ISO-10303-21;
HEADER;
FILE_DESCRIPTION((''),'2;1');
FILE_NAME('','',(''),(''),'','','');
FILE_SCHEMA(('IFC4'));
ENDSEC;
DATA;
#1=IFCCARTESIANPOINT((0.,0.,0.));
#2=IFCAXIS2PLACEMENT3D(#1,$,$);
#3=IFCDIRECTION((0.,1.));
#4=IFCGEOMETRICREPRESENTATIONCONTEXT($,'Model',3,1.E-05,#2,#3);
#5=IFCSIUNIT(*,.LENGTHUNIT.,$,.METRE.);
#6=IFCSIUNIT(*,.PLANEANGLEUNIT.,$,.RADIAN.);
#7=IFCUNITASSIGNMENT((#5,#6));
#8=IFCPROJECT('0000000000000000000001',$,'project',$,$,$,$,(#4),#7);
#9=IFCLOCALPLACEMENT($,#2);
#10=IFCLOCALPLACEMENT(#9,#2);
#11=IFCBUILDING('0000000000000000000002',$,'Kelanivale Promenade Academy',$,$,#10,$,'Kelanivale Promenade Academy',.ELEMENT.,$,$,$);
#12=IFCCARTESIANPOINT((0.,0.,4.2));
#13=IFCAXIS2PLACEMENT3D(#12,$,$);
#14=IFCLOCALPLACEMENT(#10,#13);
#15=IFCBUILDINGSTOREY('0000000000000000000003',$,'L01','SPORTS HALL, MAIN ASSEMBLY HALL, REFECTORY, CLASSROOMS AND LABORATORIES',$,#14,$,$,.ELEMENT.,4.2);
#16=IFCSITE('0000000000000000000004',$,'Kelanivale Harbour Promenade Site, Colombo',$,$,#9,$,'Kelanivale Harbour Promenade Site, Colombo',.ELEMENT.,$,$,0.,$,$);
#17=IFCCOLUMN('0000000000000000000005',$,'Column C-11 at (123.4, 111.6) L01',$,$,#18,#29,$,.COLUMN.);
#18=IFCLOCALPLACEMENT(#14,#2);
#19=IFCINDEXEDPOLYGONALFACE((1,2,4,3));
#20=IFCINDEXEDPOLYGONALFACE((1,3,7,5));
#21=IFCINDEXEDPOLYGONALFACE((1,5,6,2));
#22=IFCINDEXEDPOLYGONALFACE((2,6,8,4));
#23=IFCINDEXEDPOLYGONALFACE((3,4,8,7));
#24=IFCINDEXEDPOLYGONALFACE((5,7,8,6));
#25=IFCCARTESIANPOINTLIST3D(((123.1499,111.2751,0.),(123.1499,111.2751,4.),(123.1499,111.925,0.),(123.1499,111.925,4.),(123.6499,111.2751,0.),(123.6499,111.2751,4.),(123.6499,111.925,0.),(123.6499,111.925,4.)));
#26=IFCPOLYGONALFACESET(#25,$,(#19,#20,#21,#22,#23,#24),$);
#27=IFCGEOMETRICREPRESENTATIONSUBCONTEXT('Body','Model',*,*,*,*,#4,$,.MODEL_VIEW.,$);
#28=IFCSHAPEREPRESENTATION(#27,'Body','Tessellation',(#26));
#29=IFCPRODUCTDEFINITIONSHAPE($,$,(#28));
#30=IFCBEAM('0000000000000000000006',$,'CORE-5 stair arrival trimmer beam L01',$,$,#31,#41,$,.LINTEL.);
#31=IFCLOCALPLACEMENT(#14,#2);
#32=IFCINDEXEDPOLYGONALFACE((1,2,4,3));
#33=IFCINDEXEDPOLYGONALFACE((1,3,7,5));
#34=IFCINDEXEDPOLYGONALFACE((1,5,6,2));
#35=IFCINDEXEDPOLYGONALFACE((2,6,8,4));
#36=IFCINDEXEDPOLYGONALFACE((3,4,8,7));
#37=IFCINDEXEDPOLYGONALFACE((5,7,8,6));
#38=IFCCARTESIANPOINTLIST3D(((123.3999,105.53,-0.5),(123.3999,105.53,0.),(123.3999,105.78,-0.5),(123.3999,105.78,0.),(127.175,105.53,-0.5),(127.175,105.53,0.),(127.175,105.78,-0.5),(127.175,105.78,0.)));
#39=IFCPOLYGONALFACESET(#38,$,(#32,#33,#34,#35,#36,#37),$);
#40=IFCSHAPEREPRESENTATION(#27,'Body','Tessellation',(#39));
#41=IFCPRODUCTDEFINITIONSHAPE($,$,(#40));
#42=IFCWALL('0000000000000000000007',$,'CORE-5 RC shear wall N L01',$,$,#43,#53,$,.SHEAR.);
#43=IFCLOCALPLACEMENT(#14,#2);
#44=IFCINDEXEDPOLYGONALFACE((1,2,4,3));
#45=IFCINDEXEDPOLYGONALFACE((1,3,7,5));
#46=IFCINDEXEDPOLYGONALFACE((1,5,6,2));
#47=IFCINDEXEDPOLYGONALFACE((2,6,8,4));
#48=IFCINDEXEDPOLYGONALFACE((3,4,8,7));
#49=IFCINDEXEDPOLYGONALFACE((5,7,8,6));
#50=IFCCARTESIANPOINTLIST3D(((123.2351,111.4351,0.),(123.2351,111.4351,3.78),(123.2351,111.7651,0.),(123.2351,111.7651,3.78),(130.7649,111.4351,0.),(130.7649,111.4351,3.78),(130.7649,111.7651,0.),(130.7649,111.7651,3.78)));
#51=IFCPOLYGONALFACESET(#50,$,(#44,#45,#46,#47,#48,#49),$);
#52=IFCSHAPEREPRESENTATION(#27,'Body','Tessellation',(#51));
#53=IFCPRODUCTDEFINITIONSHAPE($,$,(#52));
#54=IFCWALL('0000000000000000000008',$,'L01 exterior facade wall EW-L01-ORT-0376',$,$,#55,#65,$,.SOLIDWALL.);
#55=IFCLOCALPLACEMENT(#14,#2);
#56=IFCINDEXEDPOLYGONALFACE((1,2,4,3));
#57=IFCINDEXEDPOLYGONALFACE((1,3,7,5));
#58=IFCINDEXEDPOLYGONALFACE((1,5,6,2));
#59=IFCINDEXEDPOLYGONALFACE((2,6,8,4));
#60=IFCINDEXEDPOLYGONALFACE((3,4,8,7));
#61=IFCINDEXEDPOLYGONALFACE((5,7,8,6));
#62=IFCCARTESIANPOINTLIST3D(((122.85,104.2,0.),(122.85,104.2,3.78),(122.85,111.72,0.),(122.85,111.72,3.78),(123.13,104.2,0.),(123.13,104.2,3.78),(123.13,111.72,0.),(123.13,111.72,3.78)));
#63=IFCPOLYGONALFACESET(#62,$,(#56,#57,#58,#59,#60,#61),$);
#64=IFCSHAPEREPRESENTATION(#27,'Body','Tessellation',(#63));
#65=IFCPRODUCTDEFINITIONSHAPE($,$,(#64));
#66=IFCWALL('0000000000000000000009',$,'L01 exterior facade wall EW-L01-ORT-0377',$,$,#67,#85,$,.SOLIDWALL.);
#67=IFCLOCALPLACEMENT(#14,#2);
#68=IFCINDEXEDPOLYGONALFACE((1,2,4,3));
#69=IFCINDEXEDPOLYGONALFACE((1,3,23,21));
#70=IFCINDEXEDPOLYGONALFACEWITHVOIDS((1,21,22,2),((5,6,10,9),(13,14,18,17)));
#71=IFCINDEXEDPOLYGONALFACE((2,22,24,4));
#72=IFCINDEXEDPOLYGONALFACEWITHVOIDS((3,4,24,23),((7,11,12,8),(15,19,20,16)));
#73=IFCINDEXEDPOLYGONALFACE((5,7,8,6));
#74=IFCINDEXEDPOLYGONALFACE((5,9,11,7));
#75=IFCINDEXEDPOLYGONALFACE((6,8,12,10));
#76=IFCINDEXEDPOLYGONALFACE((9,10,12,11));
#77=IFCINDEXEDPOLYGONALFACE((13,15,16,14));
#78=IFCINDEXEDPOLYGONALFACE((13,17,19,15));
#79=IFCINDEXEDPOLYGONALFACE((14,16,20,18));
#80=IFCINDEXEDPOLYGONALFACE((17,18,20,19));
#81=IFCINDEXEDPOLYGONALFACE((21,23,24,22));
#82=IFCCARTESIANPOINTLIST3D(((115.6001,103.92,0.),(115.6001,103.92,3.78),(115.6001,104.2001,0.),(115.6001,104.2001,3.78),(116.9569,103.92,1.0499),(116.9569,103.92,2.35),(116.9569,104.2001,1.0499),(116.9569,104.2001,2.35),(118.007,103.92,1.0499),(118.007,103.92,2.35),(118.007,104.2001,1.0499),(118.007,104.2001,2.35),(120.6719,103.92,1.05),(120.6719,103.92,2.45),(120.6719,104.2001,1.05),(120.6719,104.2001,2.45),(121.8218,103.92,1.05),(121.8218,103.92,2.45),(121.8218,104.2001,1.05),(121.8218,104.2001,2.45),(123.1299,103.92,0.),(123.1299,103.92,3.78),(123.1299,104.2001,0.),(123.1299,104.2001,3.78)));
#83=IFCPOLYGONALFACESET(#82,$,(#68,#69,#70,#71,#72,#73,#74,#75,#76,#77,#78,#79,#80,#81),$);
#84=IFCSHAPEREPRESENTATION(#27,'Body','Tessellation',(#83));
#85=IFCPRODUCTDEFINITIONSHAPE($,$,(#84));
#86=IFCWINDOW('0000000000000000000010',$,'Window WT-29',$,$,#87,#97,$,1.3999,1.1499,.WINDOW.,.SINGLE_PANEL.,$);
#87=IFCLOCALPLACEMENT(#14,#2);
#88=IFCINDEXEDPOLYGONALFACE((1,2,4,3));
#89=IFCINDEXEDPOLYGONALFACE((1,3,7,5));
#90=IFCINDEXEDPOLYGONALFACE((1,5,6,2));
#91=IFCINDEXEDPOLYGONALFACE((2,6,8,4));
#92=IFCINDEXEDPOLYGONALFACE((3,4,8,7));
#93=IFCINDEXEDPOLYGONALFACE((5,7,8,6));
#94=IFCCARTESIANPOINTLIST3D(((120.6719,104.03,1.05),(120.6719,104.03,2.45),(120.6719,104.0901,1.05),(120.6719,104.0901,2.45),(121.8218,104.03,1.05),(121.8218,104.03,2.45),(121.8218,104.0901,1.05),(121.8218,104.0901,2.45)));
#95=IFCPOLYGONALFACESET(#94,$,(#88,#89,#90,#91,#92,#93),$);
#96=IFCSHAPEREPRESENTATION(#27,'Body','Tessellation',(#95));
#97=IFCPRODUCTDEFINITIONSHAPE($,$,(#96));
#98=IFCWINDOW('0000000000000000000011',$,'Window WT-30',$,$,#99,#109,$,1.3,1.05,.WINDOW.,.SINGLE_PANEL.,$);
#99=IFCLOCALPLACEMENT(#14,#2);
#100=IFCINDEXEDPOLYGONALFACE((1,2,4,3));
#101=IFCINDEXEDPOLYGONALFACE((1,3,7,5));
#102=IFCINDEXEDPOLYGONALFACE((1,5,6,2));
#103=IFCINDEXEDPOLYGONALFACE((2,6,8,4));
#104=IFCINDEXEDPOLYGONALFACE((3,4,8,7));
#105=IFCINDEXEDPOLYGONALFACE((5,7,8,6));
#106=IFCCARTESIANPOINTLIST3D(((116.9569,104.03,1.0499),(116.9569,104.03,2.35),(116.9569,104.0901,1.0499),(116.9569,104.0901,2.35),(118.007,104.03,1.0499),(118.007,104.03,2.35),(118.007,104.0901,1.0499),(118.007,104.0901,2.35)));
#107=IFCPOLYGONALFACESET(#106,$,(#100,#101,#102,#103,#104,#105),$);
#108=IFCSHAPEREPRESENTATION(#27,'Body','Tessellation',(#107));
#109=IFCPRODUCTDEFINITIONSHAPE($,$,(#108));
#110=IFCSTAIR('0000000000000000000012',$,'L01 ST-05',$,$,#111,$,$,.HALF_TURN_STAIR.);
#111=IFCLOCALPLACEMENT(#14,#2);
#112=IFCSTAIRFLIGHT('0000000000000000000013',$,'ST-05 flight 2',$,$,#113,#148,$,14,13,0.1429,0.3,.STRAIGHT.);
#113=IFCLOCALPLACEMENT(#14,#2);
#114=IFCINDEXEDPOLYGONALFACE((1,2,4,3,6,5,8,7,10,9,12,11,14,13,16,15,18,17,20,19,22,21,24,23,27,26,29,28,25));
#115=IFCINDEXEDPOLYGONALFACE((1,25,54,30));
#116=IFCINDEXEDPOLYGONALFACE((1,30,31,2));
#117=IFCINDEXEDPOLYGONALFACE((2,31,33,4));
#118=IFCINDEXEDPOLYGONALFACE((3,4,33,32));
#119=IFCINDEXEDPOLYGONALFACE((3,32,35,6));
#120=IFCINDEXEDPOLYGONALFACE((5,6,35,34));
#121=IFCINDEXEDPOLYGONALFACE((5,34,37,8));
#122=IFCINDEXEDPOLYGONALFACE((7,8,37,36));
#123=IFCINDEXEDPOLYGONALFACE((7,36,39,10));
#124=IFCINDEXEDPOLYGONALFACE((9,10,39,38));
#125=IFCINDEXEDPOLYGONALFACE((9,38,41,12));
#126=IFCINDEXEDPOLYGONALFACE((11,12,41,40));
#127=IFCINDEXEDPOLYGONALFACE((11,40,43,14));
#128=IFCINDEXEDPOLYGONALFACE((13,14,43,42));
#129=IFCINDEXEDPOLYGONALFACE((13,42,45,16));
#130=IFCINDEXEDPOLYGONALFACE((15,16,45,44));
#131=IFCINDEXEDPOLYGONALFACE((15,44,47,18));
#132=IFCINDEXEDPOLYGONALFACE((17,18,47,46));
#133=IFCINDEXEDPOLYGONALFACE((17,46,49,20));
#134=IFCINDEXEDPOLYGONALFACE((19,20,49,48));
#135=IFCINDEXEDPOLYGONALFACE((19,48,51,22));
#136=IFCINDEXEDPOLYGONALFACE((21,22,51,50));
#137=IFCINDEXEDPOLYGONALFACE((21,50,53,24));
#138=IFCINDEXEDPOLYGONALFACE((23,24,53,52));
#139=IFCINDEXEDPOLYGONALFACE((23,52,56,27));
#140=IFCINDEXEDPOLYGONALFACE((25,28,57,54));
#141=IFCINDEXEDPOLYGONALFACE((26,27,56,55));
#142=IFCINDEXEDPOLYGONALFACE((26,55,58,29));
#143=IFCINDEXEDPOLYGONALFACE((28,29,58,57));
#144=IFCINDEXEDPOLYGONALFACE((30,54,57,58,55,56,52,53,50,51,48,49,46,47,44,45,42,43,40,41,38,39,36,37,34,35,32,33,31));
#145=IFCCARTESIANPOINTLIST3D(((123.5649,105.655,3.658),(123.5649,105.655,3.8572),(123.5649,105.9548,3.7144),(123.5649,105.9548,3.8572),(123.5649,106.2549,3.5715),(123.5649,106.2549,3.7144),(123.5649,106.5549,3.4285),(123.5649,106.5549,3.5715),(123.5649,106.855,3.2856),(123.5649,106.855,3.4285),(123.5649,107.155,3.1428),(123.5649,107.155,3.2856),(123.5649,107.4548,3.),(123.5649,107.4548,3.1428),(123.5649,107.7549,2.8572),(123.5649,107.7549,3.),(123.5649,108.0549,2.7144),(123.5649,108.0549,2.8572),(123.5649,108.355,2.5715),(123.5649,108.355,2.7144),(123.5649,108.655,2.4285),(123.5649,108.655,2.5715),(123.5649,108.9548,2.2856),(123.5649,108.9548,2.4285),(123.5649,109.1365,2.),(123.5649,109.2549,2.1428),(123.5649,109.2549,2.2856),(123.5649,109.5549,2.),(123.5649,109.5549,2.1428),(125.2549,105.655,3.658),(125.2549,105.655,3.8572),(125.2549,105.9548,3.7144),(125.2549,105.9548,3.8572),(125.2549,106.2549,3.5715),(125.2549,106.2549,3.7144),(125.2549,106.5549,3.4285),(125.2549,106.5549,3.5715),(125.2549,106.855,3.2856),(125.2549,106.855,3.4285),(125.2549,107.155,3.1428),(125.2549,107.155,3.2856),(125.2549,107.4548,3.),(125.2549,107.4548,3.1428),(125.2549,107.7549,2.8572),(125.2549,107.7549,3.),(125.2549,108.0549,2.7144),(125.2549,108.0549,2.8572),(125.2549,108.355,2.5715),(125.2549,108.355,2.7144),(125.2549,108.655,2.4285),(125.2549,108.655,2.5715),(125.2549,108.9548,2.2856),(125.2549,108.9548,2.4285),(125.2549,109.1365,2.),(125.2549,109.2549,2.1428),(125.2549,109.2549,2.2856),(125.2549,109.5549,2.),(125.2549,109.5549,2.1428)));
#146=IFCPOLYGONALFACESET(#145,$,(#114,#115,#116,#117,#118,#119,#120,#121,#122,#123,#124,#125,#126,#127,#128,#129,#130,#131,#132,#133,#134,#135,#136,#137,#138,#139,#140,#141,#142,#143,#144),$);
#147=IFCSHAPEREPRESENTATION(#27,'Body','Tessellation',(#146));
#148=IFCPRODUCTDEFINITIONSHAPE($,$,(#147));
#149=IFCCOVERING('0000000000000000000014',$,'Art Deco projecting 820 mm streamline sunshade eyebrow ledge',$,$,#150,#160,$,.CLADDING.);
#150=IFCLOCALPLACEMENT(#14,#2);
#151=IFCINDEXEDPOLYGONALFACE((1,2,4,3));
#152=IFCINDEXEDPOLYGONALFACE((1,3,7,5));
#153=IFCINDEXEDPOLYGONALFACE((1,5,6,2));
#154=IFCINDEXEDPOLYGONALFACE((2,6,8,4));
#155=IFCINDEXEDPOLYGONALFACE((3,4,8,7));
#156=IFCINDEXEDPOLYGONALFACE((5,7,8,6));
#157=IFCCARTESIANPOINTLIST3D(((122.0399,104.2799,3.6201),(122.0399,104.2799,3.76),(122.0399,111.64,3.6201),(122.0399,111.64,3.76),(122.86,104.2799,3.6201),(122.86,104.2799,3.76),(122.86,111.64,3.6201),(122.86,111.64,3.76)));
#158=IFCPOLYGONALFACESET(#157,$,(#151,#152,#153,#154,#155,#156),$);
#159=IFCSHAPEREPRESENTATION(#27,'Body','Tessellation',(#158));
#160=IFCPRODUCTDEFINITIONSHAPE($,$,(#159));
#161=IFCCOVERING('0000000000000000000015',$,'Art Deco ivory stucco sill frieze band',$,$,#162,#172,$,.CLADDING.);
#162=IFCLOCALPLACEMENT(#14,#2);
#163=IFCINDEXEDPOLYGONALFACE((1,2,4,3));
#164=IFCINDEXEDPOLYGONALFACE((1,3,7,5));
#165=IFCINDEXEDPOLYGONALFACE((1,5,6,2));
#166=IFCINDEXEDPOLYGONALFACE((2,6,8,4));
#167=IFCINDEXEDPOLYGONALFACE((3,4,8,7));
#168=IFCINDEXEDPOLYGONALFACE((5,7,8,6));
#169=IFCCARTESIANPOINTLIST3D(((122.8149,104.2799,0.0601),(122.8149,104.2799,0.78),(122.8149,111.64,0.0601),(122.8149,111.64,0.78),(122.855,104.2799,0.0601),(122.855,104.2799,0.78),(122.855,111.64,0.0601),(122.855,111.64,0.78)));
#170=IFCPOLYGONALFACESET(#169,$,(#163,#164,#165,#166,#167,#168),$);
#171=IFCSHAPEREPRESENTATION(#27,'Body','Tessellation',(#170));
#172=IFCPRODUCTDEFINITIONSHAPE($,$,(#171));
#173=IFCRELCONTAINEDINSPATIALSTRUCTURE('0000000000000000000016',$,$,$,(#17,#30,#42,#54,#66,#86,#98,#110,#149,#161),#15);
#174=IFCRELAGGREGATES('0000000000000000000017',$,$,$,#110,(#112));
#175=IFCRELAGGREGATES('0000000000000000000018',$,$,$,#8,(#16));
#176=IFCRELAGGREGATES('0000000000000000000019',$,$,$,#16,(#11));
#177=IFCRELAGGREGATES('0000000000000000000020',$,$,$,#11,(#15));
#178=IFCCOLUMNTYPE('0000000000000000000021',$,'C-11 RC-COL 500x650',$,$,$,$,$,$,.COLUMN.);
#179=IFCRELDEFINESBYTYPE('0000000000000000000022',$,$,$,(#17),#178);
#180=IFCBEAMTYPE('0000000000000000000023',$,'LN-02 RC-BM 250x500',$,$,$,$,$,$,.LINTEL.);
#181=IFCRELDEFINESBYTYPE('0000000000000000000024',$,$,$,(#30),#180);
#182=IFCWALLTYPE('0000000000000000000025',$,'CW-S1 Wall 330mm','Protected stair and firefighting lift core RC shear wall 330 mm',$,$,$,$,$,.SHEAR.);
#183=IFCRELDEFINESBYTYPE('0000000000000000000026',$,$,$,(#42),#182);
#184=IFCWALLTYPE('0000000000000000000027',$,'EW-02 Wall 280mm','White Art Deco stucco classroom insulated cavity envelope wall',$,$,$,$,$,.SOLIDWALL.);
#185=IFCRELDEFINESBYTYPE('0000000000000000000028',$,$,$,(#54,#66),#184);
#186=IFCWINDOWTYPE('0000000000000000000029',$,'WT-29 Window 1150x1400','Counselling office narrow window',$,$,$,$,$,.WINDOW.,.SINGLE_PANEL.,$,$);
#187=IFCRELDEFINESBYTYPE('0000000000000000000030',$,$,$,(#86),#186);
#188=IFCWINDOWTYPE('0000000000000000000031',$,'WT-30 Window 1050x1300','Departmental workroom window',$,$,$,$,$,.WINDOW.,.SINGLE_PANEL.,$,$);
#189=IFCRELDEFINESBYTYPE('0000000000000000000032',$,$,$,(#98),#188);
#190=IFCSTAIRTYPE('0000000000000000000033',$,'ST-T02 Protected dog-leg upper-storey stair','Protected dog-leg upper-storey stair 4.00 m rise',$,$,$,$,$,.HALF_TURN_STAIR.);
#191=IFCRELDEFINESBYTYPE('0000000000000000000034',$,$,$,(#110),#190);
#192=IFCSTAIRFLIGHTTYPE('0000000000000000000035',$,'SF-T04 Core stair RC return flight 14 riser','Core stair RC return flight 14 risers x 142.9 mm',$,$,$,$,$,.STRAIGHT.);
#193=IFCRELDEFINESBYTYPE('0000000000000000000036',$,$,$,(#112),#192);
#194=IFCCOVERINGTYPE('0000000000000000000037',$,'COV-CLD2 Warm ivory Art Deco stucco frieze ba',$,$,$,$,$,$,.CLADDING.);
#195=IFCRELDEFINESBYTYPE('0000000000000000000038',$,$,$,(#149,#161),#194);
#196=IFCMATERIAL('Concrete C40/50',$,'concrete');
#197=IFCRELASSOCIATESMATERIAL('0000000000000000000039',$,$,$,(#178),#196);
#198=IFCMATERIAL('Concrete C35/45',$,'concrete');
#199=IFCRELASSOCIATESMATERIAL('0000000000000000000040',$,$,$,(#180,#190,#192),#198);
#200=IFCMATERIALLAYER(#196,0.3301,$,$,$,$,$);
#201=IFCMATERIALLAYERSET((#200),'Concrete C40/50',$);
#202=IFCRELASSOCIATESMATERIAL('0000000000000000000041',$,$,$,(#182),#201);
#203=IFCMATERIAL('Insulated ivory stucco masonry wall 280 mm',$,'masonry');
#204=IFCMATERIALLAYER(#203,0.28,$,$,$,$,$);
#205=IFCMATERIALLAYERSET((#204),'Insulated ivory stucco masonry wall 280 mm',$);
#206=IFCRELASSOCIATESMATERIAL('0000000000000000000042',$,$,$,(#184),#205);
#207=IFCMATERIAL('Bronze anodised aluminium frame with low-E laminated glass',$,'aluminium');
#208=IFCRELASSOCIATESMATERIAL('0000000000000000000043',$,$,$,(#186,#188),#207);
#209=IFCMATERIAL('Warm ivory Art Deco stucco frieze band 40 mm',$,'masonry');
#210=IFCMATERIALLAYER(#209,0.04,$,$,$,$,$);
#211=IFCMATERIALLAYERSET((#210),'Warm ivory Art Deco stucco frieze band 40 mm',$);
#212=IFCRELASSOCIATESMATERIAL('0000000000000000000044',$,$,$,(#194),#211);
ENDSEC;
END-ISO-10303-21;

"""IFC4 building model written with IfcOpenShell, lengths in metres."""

from ifc_helpers import new_model, si_unit, direction, frame, frame_2d, origin, origin_2d, place, context, subcontext, project, spatial, polyline, rectangle, outline, extrude, material, layer, layer_set, material_profile, profile_set, type_object, element, fill, aggregate, save


model = new_model("IFC4")

# Units and contexts
model_context = context("Model", 3, precision=1e-05, world=origin(), true_north=direction((0.0, 1.0)))
body_context = subcontext(model_context, "Body", "Model", "MODEL_VIEW")
ifc_project = project(units=[si_unit("LENGTHUNIT", "METRE"), si_unit("PLANEANGLEUNIT", "RADIAN")], contexts=[model_context])

# Site, building, storey
site_placement = place(None, origin())
site = spatial("IfcSite", under=ifc_project, at=site_placement, Name="Kelanivale Harbour Promenade Site, Colombo", LongName="Kelanivale Harbour Promenade Site, Colombo", CompositionType="ELEMENT", RefElevation=0.0)
building_placement = place(site_placement, origin())
building = spatial("IfcBuilding", under=site, at=building_placement, Name="Kelanivale Promenade Academy", LongName="Kelanivale Promenade Academy", CompositionType="ELEMENT")
storey_placement = place(building_placement, frame((0.0, 0.0, 4.2)))
storey = spatial("IfcBuildingStorey", under=building, at=storey_placement, Name="L01", Description="SPORTS HALL, MAIN ASSEMBLY HALL, REFECTORY, CLASSROOMS AND LABORATORIES", CompositionType="ELEMENT", Elevation=4.2)

# Column
ifc_material_1 = material(Name="Concrete C40/50", Category="concrete")
ifc_material_profile_1 = material_profile(ifc_material_1, rectangle(XDim=0.5, YDim=0.6499, at=origin_2d()), Name="RC-COL 500x650")
ifc_profile_set_1 = profile_set([ifc_material_profile_1], Name="Concrete C40/50")
column_type = type_object("IfcColumnType", Name="C-11 RC-COL 500x650", PredefinedType="COLUMN", material=ifc_profile_set_1)
column_placement = place(storey_placement, frame((123.3999, 111.6001, 0.0), z_axis=(0.0, 0.0, 1.0), x_axis=(1.0, 0.0, 0.0)))
element("IfcColumn", 1, at=column_placement, inside=storey, type_object=column_type, Name="Column C-11 at (123.4, 111.6) L01", PredefinedType="COLUMN", context=body_context, shape_type="SweptSolid", body=[
    extrude(rectangle(XDim=0.5, YDim=0.6499, at=origin_2d()), origin(), (0.0, 0.0, 1.0), 4.0),
])

# Beam
ifc_material_2 = material(Name="Concrete C35/45", Category="concrete")
ifc_material_profile_2 = material_profile(ifc_material_2, rectangle(XDim=0.25, YDim=0.5, at=origin_2d()), Name="RC-BM 250x500")
ifc_profile_set_2 = profile_set([ifc_material_profile_2], Name="Concrete C35/45")
beam_type = type_object("IfcBeamType", Name="LN-02 RC-BM 250x500", PredefinedType="LINTEL", material=ifc_profile_set_2)
beam_placement = place(storey_placement, frame((123.3999, 105.655, -0.25), z_axis=(1.0, 0.0, 0.0), x_axis=(0.0, 1.0, 0.0)))
element("IfcBeam", 2, at=beam_placement, inside=storey, type_object=beam_type, Name="CORE-5 stair arrival trimmer beam L01", PredefinedType="LINTEL", context=body_context, shape_type="SweptSolid", body=[
    extrude(rectangle(XDim=0.25, YDim=0.5, at=origin_2d()), origin(), (0.0, 0.0, 1.0), 3.7751),
])

# Walls
ifc_layer_1 = layer(ifc_material_1, 0.3301)
ifc_layer_set_1 = layer_set([ifc_layer_1], Name="Concrete C40/50")
wall_type_1 = type_object("IfcWallType", Name="CW-S1 Wall 330mm", Description="Protected stair and firefighting lift core RC shear wall 330 mm", PredefinedType="SHEAR", material=ifc_layer_set_1)
wall_1_placement = place(storey_placement, frame((123.2351, 111.6001, 0.0), z_axis=(0.0, 0.0, 1.0), x_axis=(1.0, 0.0, 0.0)))
element("IfcWall", 3, at=wall_1_placement, inside=storey, type_object=wall_type_1, Name="CORE-5 RC shear wall N L01", PredefinedType="SHEAR", context=body_context, shape_type="SweptSolid", body=[
    extrude(rectangle(XDim=7.5298, YDim=0.3301, at=frame_2d((3.7649, 0.0))), origin(), (0.0, 0.0, 1.0), 3.78),
])
ifc_material_3 = material(Name="Insulated ivory stucco masonry wall 280 mm", Category="masonry")
ifc_layer_2 = layer(ifc_material_3, 0.28)
ifc_layer_set_2 = layer_set([ifc_layer_2], Name="Insulated ivory stucco masonry wall 280 mm")
wall_type_2 = type_object("IfcWallType", Name="EW-02 Wall 280mm", Description="White Art Deco stucco classroom insulated cavity envelope wall", PredefinedType="SOLIDWALL", material=ifc_layer_set_2)
wall_2_placement = place(storey_placement, frame((122.99, 111.72, 0.0), z_axis=(0.0, 0.0, 1.0), x_axis=(0.0, -1.0, 0.0)))
element("IfcWall", 4, at=wall_2_placement, inside=storey, type_object=wall_type_2, Name="L01 exterior facade wall EW-L01-ORT-0376", PredefinedType="SOLIDWALL", context=body_context, shape_type="SweptSolid", body=[
    extrude(rectangle(XDim=7.52, YDim=0.28, at=frame_2d((3.76, 0.0))), origin(), (0.0, 0.0, 1.0), 3.78),
])

# Wall, openings, windows
wall_3_placement = place(storey_placement, frame((123.1299, 104.0601, 0.0), z_axis=(0.0, 0.0, 1.0), x_axis=(-1.0, 0.0, 0.0)))
wall_3 = element("IfcWall", 5, at=wall_3_placement, inside=storey, type_object=wall_type_2, Name="L01 exterior facade wall EW-L01-ORT-0377", PredefinedType="SOLIDWALL", context=body_context, shape_type="SweptSolid", body=[
    extrude(rectangle(XDim=7.5298, YDim=0.28, at=frame_2d((3.7649, 0.0))), origin(), (0.0, 0.0, 1.0), 3.78),
])
opening_1_placement = place(wall_3_placement, frame((1.3081, 0.0, 1.05)))
opening_1 = element("IfcOpeningElement", 6, at=opening_1_placement, cuts=wall_3, PredefinedType="OPENING", context=body_context, shape_type="SweptSolid", body=[
    extrude(rectangle(XDim=1.1499, YDim=1.3999, at=frame_2d((0.575, 0.7))), frame((0.0, 0.1499, 0.0), z_axis=(0.0, -1.0, 0.0), x_axis=(1.0, 0.0, 0.0)), (0.0, 0.0, 1.0), 0.3),
])
opening_2_placement = place(wall_3_placement, frame((5.123, 0.0, 1.05)))
opening_2 = element("IfcOpeningElement", 7, at=opening_2_placement, cuts=wall_3, PredefinedType="OPENING", context=body_context, shape_type="SweptSolid", body=[
    extrude(rectangle(XDim=1.05, YDim=1.3, at=frame_2d((0.5249, 0.6499))), frame((0.0, 0.1499, 0.0), z_axis=(0.0, -1.0, 0.0), x_axis=(1.0, 0.0, 0.0)), (0.0, 0.0, 1.0), 0.3),
])
ifc_material_4 = material(Name="Bronze anodised aluminium frame with low-E laminated glass", Category="aluminium")
window_type_1 = type_object("IfcWindowType", Name="WT-29 Window 1150x1400", Description="Counselling office narrow window", PartitioningType="SINGLE_PANEL", PredefinedType="WINDOW", material=ifc_material_4)
window_1_placement = place(opening_1_placement, origin())
window_1 = element("IfcWindow", 8, at=window_1_placement, inside=storey, type_object=window_type_1, Name="Window WT-29", OverallHeight=1.3999, OverallWidth=1.1499, PartitioningType="SINGLE_PANEL", PredefinedType="WINDOW", context=body_context, shape_type="SweptSolid", body=[
    extrude(rectangle(XDim=1.1499, YDim=1.3999, at=frame_2d((0.575, 0.7))), frame((0.0, 0.03, 0.0), z_axis=(0.0, -1.0, 0.0), x_axis=(1.0, 0.0, 0.0)), (0.0, 0.0, 1.0), 0.0601),
])
fill(opening_1, window_1)
window_type_2 = type_object("IfcWindowType", Name="WT-30 Window 1050x1300", Description="Departmental workroom window", PartitioningType="SINGLE_PANEL", PredefinedType="WINDOW", material=ifc_material_4)
window_2_placement = place(opening_2_placement, origin())
window_2 = element("IfcWindow", 9, at=window_2_placement, inside=storey, type_object=window_type_2, Name="Window WT-30", OverallHeight=1.3, OverallWidth=1.05, PartitioningType="SINGLE_PANEL", PredefinedType="WINDOW", context=body_context, shape_type="SweptSolid", body=[
    extrude(rectangle(XDim=1.05, YDim=1.3, at=frame_2d((0.5249, 0.6499))), frame((0.0, 0.03, 0.0), z_axis=(0.0, -1.0, 0.0), x_axis=(1.0, 0.0, 0.0)), (0.0, 0.0, 1.0), 0.0601),
])
fill(opening_2, window_2)

# Stair, stair flight
stair_type = type_object("IfcStairType", Name="ST-T02 Protected dog-leg upper-storey stair", Description="Protected dog-leg upper-storey stair 4.00 m rise", PredefinedType="HALF_TURN_STAIR", material=ifc_material_2)
stair_placement = place(storey_placement, origin())
stair = element("IfcStair", 10, at=stair_placement, inside=storey, type_object=stair_type, Name="L01 ST-05", PredefinedType="HALF_TURN_STAIR")
stair_flight_type = type_object("IfcStairFlightType", Name="SF-T04 Core stair RC return flight 14 riser", Description="Core stair RC return flight 14 risers x 142.9 mm", PredefinedType="STRAIGHT", material=ifc_material_2)
stair_flight_placement = place(storey_placement, frame((124.4099, 109.5549, 2.0), z_axis=(0.0, 0.0, 1.0), x_axis=(0.0, -1.0, 0.0)))
stair_flight = element("IfcStairFlight", 11, at=stair_flight_placement, type_object=stair_flight_type, Name="ST-05 flight 2", NumberOfRisers=14, NumberOfTreads=13, PredefinedType="STRAIGHT", RiserHeight=0.1429, TreadLength=0.3, context=body_context, shape_type="SweptSolid", body=[
    extrude(outline(polyline([(0.0, 0.0), (0.0, 0.1428), (0.3, 0.1428), (0.3, 0.2856), (0.6001, 0.2856), (0.6001, 0.4285), (0.8999, 0.4285), (0.8999, 0.5715), (1.2, 0.5715), (1.2, 0.7144), (1.5, 0.7144), (1.5, 0.8572), (1.8, 0.8572), (1.8, 1.0), (2.1001, 1.0), (2.1001, 1.1428), (2.3999, 1.1428), (2.3999, 1.2856), (2.7, 1.2856), (2.7, 1.4285), (3.0, 1.4285), (3.0, 1.5715), (3.3, 1.5715), (3.3, 1.7144), (3.6001, 1.7144), (3.6001, 1.8572), (3.8999, 1.8572), (3.8999, 2.0), (3.8999, 1.658), (0.4185, 0.0), (0.0, 0.0)])), frame((0.0, 0.845, 0.0), z_axis=(0.0, -1.0, 0.0), x_axis=(1.0, 0.0, 0.0)), (0.0, 0.0, 1.0), 1.6899),
])
aggregate(stair, [stair_flight])

# Coverings
ifc_material_5 = material(Name="Warm ivory Art Deco stucco frieze band 40 mm", Category="masonry")
ifc_layer_3 = layer(ifc_material_5, 0.04)
ifc_layer_set_3 = layer_set([ifc_layer_3], Name="Warm ivory Art Deco stucco frieze band 40 mm")
covering_type = type_object("IfcCoveringType", Name="COV-CLD2 Warm ivory Art Deco stucco frieze ba", PredefinedType="CLADDING", material=ifc_layer_set_3)
covering_1_placement = place(storey_placement, frame((122.45, 107.96, 3.6201), z_axis=(0.0, 0.0, 1.0), x_axis=(0.0, -1.0, 0.0)))
element("IfcCovering", 12, at=covering_1_placement, inside=storey, type_object=covering_type, Name="Art Deco projecting 820 mm streamline sunshade eyebrow ledge", PredefinedType="CLADDING", context=body_context, shape_type="SweptSolid", body=[
    extrude(rectangle(XDim=7.3601, YDim=0.8201, at=origin_2d()), origin(), (0.0, 0.0, 1.0), 0.1399),
])
covering_2_placement = place(storey_placement, frame((122.835, 107.96, 0.0601), z_axis=(0.0, 0.0, 1.0), x_axis=(0.0, -1.0, 0.0)))
element("IfcCovering", 13, at=covering_2_placement, inside=storey, type_object=covering_type, Name="Art Deco ivory stucco sill frieze band", PredefinedType="CLADDING", context=body_context, shape_type="SweptSolid", body=[
    extrude(rectangle(XDim=7.3601, YDim=0.04, at=origin_2d()), origin(), (0.0, 0.0, 1.0), 0.72),
])

save(model, "model.ifc")
